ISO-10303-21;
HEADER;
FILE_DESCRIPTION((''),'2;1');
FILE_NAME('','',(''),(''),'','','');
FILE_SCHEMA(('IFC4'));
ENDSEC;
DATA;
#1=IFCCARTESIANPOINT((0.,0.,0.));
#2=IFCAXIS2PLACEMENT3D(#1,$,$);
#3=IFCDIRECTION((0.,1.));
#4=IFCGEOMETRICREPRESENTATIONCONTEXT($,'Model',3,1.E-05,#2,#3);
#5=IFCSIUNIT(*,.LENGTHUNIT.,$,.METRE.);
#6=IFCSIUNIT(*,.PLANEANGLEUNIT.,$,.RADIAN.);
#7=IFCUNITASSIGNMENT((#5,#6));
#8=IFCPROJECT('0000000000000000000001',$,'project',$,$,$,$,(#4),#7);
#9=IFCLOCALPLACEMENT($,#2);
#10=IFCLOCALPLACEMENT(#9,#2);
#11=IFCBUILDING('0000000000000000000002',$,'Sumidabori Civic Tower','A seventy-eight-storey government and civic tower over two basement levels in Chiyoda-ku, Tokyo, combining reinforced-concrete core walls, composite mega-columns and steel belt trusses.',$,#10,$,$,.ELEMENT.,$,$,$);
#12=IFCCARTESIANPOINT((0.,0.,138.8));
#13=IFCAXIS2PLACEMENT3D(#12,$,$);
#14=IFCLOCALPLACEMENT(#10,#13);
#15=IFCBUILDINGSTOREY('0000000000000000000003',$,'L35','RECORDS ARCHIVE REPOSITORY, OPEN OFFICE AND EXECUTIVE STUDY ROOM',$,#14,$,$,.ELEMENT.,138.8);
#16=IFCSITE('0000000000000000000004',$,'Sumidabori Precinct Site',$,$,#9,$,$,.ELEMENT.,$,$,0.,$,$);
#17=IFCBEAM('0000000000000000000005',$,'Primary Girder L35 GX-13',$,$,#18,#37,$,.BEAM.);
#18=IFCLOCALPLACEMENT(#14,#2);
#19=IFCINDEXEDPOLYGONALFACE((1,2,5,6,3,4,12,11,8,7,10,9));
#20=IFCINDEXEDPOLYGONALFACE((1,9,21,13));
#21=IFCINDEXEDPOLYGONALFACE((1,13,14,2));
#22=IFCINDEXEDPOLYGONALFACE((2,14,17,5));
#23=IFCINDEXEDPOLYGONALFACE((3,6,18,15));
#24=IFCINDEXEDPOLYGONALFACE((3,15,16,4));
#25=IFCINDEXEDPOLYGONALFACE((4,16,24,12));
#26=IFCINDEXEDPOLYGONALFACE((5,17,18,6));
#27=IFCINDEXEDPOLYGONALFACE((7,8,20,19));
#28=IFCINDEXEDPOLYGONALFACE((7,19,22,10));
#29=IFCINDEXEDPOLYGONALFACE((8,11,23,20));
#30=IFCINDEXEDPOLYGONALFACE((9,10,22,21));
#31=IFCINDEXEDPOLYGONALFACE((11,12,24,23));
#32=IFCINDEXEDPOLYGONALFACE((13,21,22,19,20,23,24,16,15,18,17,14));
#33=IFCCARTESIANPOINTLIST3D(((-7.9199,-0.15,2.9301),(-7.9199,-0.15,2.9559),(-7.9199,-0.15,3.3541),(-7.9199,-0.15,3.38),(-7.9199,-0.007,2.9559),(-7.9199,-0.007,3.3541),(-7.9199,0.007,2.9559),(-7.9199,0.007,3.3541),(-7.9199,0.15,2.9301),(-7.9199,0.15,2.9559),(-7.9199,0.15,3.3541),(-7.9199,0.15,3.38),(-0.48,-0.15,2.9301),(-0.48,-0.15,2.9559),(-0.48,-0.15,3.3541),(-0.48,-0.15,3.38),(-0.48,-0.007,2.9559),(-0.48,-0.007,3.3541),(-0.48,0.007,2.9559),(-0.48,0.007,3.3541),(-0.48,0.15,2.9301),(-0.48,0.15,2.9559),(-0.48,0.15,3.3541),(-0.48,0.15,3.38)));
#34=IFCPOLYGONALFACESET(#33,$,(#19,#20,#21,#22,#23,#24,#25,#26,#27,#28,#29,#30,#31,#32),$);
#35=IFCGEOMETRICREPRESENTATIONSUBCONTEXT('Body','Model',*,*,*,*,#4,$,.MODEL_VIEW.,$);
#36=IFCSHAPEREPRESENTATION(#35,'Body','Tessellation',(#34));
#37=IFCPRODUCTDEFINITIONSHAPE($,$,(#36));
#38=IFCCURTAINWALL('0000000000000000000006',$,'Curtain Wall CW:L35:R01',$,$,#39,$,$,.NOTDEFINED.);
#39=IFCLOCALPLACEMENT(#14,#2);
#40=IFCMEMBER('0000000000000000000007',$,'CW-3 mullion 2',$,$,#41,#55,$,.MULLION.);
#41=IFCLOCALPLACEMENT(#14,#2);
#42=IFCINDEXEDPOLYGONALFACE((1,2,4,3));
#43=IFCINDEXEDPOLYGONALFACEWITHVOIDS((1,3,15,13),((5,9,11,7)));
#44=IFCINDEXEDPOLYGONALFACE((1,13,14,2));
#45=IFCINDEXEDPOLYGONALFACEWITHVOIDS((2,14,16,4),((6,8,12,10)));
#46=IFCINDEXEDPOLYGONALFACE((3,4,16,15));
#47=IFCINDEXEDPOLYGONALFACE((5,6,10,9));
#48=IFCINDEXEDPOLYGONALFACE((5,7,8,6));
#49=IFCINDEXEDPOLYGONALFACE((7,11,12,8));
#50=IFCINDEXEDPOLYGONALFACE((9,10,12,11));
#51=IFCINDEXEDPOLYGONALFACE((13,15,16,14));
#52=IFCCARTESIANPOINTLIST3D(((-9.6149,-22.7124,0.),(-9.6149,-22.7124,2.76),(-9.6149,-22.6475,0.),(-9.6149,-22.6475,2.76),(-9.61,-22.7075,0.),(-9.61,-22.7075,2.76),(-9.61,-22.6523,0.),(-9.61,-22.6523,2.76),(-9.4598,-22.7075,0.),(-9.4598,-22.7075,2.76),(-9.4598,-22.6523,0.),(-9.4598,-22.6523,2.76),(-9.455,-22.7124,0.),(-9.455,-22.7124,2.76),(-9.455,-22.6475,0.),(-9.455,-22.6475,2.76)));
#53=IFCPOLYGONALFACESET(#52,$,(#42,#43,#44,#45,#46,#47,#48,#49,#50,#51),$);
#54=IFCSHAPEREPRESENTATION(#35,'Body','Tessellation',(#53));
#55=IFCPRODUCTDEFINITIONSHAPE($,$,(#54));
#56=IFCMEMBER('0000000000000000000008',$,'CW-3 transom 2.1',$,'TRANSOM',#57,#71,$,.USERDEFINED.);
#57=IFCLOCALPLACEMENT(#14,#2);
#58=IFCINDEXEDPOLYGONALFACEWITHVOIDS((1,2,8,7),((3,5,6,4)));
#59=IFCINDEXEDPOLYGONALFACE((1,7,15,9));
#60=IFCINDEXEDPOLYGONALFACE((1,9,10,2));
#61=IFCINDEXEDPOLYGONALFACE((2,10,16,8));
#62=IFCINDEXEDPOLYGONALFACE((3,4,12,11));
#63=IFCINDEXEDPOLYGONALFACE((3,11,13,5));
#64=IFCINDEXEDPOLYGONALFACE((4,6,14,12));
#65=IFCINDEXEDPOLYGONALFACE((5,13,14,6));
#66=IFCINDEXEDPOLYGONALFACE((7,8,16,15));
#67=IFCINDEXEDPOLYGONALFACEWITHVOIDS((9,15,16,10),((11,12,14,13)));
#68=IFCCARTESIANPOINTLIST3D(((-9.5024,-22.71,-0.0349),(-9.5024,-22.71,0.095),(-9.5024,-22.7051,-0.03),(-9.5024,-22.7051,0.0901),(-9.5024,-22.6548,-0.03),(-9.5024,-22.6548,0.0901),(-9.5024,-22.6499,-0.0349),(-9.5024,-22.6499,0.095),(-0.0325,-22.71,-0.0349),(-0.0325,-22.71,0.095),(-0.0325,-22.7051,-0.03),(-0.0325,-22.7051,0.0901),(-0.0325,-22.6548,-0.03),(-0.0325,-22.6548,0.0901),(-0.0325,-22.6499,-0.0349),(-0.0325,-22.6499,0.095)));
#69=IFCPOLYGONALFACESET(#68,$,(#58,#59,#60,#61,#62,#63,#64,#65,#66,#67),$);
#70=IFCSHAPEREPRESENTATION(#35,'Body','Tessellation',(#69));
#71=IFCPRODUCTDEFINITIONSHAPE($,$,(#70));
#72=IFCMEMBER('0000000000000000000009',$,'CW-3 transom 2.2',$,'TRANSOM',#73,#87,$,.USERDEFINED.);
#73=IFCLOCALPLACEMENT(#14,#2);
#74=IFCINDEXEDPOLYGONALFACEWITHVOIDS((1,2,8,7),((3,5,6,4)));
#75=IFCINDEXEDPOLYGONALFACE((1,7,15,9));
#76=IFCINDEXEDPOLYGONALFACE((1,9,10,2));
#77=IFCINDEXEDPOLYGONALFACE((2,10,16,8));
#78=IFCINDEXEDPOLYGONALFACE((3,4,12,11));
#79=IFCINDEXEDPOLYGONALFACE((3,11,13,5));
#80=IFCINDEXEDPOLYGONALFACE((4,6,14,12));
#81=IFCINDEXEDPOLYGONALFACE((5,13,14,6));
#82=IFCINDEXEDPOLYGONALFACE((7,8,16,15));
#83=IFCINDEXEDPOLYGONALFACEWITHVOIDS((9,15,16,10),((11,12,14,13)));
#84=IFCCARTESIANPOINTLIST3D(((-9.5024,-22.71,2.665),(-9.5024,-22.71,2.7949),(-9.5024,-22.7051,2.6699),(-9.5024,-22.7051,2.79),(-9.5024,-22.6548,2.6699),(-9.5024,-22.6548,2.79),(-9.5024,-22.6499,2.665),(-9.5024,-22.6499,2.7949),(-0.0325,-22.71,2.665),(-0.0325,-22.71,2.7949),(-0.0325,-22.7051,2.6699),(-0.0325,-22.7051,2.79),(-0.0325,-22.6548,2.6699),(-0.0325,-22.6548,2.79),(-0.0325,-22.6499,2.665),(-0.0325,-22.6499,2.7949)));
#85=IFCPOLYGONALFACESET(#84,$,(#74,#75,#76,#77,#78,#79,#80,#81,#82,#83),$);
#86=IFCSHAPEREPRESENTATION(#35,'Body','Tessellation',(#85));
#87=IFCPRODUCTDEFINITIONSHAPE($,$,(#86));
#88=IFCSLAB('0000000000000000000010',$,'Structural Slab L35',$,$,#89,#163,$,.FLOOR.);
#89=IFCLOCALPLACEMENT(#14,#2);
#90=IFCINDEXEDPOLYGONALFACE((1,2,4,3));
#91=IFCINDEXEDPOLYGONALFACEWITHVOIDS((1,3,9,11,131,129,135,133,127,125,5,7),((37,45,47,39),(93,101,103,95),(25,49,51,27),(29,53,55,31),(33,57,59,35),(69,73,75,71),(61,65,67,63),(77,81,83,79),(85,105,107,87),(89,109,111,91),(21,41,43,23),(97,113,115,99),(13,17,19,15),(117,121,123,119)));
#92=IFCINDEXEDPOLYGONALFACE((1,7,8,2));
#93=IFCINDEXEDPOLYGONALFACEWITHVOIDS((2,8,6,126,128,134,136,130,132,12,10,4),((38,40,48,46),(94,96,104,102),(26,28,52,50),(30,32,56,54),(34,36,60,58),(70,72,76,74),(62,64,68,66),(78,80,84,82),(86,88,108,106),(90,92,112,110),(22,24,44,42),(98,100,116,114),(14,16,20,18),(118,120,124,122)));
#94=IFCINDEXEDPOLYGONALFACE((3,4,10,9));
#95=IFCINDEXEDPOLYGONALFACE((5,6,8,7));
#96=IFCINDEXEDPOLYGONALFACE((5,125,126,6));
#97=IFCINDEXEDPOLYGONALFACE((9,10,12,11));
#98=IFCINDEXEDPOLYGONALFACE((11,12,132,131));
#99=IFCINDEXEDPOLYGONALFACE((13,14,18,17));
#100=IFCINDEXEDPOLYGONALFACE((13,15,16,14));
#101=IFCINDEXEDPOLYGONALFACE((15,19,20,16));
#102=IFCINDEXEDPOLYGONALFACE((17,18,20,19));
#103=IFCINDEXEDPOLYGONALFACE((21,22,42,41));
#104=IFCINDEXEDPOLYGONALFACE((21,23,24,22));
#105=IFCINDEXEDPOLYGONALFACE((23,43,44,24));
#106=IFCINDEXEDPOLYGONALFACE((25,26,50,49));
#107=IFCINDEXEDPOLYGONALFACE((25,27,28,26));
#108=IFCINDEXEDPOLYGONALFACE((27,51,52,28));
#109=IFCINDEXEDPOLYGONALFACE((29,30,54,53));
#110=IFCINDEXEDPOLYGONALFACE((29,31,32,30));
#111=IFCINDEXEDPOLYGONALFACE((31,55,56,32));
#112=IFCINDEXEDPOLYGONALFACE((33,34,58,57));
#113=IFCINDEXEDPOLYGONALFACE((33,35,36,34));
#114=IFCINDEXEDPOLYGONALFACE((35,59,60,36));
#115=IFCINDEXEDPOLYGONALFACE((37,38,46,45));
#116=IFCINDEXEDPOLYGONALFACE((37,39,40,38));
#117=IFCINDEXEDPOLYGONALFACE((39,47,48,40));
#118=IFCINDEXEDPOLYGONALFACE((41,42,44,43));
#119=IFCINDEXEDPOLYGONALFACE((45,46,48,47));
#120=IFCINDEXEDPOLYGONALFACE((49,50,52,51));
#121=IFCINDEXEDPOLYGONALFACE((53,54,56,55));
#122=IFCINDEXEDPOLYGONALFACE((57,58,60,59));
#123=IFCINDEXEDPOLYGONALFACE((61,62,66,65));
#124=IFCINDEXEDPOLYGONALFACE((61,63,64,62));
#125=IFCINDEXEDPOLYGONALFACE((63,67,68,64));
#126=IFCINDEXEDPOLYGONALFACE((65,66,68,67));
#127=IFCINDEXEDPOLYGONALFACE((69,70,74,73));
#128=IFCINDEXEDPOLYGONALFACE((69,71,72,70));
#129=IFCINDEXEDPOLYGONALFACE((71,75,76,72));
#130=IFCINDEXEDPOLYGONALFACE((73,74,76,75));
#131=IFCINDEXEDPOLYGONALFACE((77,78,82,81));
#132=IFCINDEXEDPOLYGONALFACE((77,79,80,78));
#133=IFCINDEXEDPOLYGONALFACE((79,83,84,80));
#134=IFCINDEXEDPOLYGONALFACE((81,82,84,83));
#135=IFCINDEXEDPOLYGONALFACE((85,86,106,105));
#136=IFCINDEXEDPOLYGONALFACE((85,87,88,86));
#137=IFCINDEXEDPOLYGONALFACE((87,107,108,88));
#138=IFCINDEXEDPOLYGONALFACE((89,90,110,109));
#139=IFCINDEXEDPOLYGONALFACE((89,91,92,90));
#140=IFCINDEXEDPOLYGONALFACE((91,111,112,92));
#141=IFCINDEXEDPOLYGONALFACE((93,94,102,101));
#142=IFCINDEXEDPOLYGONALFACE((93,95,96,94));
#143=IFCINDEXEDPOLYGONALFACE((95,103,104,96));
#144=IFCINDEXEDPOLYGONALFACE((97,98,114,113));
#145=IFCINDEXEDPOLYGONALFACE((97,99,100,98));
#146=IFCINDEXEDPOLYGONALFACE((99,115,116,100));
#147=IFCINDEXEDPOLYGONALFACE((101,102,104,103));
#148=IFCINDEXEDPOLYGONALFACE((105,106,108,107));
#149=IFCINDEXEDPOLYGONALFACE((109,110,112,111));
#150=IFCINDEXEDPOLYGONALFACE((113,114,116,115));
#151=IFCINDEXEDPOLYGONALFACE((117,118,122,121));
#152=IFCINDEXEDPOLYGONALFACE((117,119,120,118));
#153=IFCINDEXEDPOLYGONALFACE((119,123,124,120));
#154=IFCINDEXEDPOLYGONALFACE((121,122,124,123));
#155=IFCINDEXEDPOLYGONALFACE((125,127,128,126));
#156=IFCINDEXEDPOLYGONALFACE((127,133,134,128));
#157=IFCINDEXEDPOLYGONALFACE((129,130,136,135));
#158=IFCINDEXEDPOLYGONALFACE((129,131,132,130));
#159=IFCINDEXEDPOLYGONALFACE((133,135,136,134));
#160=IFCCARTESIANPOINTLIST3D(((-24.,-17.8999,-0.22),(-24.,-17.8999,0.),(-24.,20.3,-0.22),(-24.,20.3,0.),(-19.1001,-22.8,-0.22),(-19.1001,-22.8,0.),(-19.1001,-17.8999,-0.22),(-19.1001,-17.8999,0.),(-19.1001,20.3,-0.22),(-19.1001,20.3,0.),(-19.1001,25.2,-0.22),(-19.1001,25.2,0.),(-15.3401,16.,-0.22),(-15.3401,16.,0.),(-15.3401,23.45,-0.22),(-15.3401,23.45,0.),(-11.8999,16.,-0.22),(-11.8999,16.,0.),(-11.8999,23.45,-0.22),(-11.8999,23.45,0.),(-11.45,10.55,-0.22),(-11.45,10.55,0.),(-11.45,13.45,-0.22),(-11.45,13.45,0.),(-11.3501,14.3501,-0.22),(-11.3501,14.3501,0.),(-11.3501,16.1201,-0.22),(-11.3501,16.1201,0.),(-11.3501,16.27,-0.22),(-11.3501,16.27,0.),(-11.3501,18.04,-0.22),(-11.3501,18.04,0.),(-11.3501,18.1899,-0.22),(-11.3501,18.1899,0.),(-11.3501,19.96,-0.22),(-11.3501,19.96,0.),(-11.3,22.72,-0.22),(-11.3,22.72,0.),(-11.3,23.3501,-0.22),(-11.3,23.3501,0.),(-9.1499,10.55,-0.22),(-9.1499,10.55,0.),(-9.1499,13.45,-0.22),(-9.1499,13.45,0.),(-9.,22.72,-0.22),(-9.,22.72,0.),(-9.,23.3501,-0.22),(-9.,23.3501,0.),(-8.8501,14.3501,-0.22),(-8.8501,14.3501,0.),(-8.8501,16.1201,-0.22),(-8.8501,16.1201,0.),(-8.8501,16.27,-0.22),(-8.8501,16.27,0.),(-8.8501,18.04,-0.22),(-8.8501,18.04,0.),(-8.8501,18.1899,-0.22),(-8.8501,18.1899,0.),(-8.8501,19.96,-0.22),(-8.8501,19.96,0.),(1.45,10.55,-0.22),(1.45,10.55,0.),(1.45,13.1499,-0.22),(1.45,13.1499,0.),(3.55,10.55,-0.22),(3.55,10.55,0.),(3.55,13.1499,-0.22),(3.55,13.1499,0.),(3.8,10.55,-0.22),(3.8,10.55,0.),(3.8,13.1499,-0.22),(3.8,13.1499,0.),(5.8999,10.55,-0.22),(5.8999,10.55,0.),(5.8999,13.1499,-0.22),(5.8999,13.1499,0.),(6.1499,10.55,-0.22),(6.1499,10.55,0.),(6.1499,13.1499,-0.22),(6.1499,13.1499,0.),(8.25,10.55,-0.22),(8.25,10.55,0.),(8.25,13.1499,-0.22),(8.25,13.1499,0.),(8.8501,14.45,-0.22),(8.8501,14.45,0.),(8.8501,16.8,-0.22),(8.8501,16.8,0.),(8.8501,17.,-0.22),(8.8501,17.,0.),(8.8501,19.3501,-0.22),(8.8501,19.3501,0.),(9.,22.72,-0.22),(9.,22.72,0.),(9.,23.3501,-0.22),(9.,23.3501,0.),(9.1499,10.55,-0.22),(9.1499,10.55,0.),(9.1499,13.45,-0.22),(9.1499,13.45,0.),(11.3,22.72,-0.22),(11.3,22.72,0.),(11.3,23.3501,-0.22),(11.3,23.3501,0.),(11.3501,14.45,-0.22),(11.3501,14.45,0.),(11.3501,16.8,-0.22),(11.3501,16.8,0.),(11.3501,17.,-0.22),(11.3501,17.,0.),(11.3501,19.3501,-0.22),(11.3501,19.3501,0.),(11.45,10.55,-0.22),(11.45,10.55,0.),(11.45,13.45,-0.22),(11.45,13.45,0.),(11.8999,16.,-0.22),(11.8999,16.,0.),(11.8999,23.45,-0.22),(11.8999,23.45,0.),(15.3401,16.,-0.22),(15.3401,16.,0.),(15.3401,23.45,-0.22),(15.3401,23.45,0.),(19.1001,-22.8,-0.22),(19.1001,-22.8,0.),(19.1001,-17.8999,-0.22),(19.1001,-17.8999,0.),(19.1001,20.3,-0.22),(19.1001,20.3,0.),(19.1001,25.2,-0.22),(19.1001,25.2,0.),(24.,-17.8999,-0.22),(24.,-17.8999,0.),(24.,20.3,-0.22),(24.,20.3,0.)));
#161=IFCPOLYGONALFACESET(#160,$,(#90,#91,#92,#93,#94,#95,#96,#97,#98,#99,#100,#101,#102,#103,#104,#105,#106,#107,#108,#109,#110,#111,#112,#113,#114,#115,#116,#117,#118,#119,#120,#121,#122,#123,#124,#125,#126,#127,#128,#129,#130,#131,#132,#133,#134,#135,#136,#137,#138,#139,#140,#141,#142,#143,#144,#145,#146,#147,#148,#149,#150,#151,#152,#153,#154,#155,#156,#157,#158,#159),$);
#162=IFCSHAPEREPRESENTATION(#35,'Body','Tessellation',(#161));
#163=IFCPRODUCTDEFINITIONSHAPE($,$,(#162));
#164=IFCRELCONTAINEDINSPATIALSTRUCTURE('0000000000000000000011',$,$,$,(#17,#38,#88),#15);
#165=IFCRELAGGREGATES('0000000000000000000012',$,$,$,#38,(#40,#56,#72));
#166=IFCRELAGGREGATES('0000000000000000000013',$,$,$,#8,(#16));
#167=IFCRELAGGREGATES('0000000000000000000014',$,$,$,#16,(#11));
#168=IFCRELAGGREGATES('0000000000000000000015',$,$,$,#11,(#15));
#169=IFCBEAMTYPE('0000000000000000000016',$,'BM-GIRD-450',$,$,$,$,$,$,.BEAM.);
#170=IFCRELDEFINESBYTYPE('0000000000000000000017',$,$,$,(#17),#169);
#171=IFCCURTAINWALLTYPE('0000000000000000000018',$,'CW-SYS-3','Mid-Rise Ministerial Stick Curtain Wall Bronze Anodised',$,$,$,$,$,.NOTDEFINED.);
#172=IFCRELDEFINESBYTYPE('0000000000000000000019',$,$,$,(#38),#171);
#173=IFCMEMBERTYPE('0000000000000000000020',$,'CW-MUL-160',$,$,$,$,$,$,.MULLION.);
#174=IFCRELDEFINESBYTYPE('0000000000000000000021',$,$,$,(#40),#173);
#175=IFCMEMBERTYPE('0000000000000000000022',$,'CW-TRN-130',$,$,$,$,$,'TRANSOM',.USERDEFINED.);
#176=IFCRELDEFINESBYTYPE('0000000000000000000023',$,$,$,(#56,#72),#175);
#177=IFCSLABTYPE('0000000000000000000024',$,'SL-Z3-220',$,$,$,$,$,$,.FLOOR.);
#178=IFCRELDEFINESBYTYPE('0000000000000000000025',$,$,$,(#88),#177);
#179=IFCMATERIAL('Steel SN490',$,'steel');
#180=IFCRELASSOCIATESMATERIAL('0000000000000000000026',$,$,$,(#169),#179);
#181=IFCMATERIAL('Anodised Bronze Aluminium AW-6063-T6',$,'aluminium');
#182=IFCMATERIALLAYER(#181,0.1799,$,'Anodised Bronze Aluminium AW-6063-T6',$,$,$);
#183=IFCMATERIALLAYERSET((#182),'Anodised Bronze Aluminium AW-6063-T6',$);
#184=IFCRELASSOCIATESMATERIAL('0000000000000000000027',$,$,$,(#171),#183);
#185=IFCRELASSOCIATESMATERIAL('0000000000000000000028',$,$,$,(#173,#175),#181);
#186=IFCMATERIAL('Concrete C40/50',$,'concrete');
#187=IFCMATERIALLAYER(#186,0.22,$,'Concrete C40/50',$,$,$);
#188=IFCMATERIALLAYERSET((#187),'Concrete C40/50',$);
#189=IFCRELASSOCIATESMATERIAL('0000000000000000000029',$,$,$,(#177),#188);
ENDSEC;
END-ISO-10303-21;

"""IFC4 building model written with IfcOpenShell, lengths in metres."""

from ifc_helpers import new_model, si_unit, direction, frame, origin, origin_2d, place, context, subcontext, project, spatial, polyline, hollow_rectangle, i_section, outline, extrude, source, transform, mapped, material, layer, layer_set, material_profile, profile_set, type_object, element, aggregate, save


model = new_model("IFC4")

# Units and contexts
model_context = context("Model", 3, precision=1e-05, world=origin(), true_north=direction((0.0, 1.0)))
body_context = subcontext(model_context, "Body", "Model", "MODEL_VIEW")
ifc_project = project(units=[si_unit("LENGTHUNIT", "METRE"), si_unit("PLANEANGLEUNIT", "RADIAN")], contexts=[model_context])

# Site, building, storey
site_placement = place(None, origin())
site = spatial("IfcSite", under=ifc_project, at=site_placement, Name="Sumidabori Precinct Site", CompositionType="ELEMENT", RefElevation=0.0)
building_placement = place(site_placement, origin())
building = spatial("IfcBuilding", under=site, at=building_placement, Name="Sumidabori Civic Tower", Description="A seventy-eight-storey government and civic tower over two basement levels in Chiyoda-ku, Tokyo, combining reinforced-concrete core walls, composite mega-columns and steel belt trusses.", CompositionType="ELEMENT")
storey_placement = place(building_placement, frame((0.0, 0.0, 138.8)))
storey = spatial("IfcBuildingStorey", under=building, at=storey_placement, Name="L35", Description="RECORDS ARCHIVE REPOSITORY, OPEN OFFICE AND EXECUTIVE STUDY ROOM", CompositionType="ELEMENT", Elevation=138.8)

# Beam
ifc_material_1 = material(Name="Steel SN490", Category="steel")
ifc_material_profile_1 = material_profile(ifc_material_1, i_section(OverallWidth=0.3, OverallDepth=0.45, WebThickness=0.0139, FlangeThickness=0.0259, at=origin_2d()), Name="HE 450 B")
ifc_profile_set_1 = profile_set([ifc_material_profile_1], Name="Steel SN490")
beam_type_1 = type_object("IfcBeamType", Name="BM-GIRD-450", PredefinedType="BEAM", material=ifc_profile_set_1)
shared_shape_1 = source(origin(), body_context, "Body", "SweptSolid", [
    extrude(i_section(OverallWidth=0.3, OverallDepth=0.45, WebThickness=0.0139, FlangeThickness=0.0259, at=origin_2d()), origin(), (0.0, 0.0, 1.0), 7.4399),
])
for number, where, z_axis, x_axis, name in (
    (1, (-7.9199, 0.0, 3.155), (1.0, 0.0, 0.0), (0.0, 1.0, 0.0), "Primary Girder L35 GX-13"),
):
    element("IfcBeam", number, at=place(storey_placement, frame(where, z_axis=z_axis, x_axis=x_axis)), inside=storey, type_object=beam_type_1, Name=name, PredefinedType="BEAM", context=body_context, shape_type="MappedRepresentation", body=[
        mapped(shared_shape_1, transform((0.0, 0.0, 0.0), x_axis=(1.0, 0.0, 0.0), y_axis=(0.0, 1.0, 0.0), z_axis=(0.0, 0.0, 1.0), scale=1.0)),
    ])

# Curtain wall, members
ifc_material_2 = material(Name="Anodised Bronze Aluminium AW-6063-T6", Category="aluminium")
ifc_layer_1 = layer(ifc_material_2, 0.1799, Name="Anodised Bronze Aluminium AW-6063-T6")
ifc_layer_set_1 = layer_set([ifc_layer_1], Name="Anodised Bronze Aluminium AW-6063-T6")
curtain_wall_type = type_object("IfcCurtainWallType", Name="CW-SYS-3", Description="Mid-Rise Ministerial Stick Curtain Wall Bronze Anodised", PredefinedType="NOTDEFINED", material=ifc_layer_set_1)
curtain_wall_placement = place(storey_placement, origin())
curtain_wall = element("IfcCurtainWall", 2, at=curtain_wall_placement, inside=storey, type_object=curtain_wall_type, Name="Curtain Wall CW:L35:R01", PredefinedType="NOTDEFINED")
ifc_material_profile_2 = material_profile(ifc_material_2, hollow_rectangle(XDim=0.0649, YDim=0.1599, WallThickness=0.0049, at=origin_2d()), Name="ALU MULLION 160x65")
ifc_profile_set_2 = profile_set([ifc_material_profile_2], Name="Anodised Bronze Aluminium AW-6063-T6")
member_type_1 = type_object("IfcMemberType", Name="CW-MUL-160", PredefinedType="MULLION", material=ifc_profile_set_2)
shared_shape_2 = source(origin(), body_context, "Body", "SweptSolid", [
    extrude(hollow_rectangle(XDim=0.0649, YDim=0.1599, WallThickness=0.0049, at=origin_2d()), origin(), (0.0, 0.0, 1.0), 2.76),
])
member_1_placement = place(storey_placement, frame((-9.5349, -22.6799, 0.0), z_axis=(0.0, 0.0, 1.0), x_axis=(0.0, 1.0, 0.0)))
member_1 = element("IfcMember", 3, at=member_1_placement, type_object=member_type_1, Name="CW-3 mullion 2", PredefinedType="MULLION", context=body_context, shape_type="MappedRepresentation", body=[
    mapped(shared_shape_2, transform((0.0, 0.0, 0.0), x_axis=(1.0, 0.0, 0.0), y_axis=(0.0, 1.0, 0.0), z_axis=(0.0, 0.0, 1.0), scale=1.0)),
])
ifc_material_profile_3 = material_profile(ifc_material_2, hollow_rectangle(XDim=0.0601, YDim=0.1299, WallThickness=0.0049, at=origin_2d()), Name="ALU TRANSOM 130x60")
ifc_profile_set_3 = profile_set([ifc_material_profile_3], Name="Anodised Bronze Aluminium AW-6063-T6")
member_type_2 = type_object("IfcMemberType", Name="CW-TRN-130", ElementType="TRANSOM", PredefinedType="USERDEFINED", material=ifc_profile_set_3)
shared_shape_3 = source(origin(), body_context, "Body", "SweptSolid", [
    extrude(hollow_rectangle(XDim=0.0601, YDim=0.1299, WallThickness=0.0049, at=origin_2d()), origin(), (0.0, 0.0, 1.0), 9.47),
])
member_2_placement = place(storey_placement, frame((-9.5024, -22.6799, 0.03), z_axis=(1.0, 0.0, 0.0), x_axis=(0.0, 1.0, 0.0)))
member_2 = element("IfcMember", 4, at=member_2_placement, type_object=member_type_2, Name="CW-3 transom 2.1", ObjectType="TRANSOM", PredefinedType="USERDEFINED", context=body_context, shape_type="MappedRepresentation", body=[
    mapped(shared_shape_3, transform((0.0, 0.0, 0.0), x_axis=(1.0, 0.0, 0.0), y_axis=(0.0, 1.0, 0.0), z_axis=(0.0, 0.0, 1.0), scale=1.0)),
])
member_3_placement = place(storey_placement, frame((-9.5024, -22.6799, 2.73), z_axis=(1.0, 0.0, 0.0), x_axis=(0.0, 1.0, 0.0)))
member_3 = element("IfcMember", 5, at=member_3_placement, type_object=member_type_2, Name="CW-3 transom 2.2", ObjectType="TRANSOM", PredefinedType="USERDEFINED", context=body_context, shape_type="MappedRepresentation", body=[
    mapped(shared_shape_3, transform((0.0, 0.0, 0.0), x_axis=(1.0, 0.0, 0.0), y_axis=(0.0, 1.0, 0.0), z_axis=(0.0, 0.0, 1.0), scale=1.0)),
])

# Slab
ifc_material_3 = material(Name="Concrete C40/50", Category="concrete")
ifc_layer_2 = layer(ifc_material_3, 0.22, Name="Concrete C40/50")
ifc_layer_set_2 = layer_set([ifc_layer_2], Name="Concrete C40/50")
slab_type = type_object("IfcSlabType", Name="SL-Z3-220", PredefinedType="FLOOR", material=ifc_layer_set_2)
slab_placement = place(storey_placement, frame((0.0, 0.0, -0.22)))
element("IfcSlab", 6, at=slab_placement, inside=storey, type_object=slab_type, Name="Structural Slab L35", PredefinedType="FLOOR", context=body_context, shape_type="SweptSolid", body=[
    extrude(outline(polyline([(-19.1001, -22.8), (19.1001, -22.8), (19.1001, -17.8999), (24.0, -17.8999), (24.0, 20.3), (19.1001, 20.3), (19.1001, 25.2), (-19.1001, 25.2), (-19.1001, 20.3), (-24.0, 20.3), (-24.0, -17.8999), (-19.1001, -17.8999), (-19.1001, -22.8)]), holes=[polyline([(-11.8999, 16.0), (-11.8999, 23.45), (-15.3401, 23.45), (-15.3401, 16.0), (-11.8999, 16.0)]), polyline([(15.3401, 16.0), (15.3401, 23.45), (11.8999, 23.45), (11.8999, 16.0), (15.3401, 16.0)]), polyline([(-11.45, 10.55), (-9.1499, 10.55), (-9.1499, 13.45), (-11.45, 13.45), (-11.45, 10.55)]), polyline([(9.1499, 10.55), (11.45, 10.55), (11.45, 13.45), (9.1499, 13.45), (9.1499, 10.55)]), polyline([(1.45, 10.55), (3.55, 10.55), (3.55, 13.1499), (1.45, 13.1499), (1.45, 10.55)]), polyline([(3.8, 10.55), (5.8999, 10.55), (5.8999, 13.1499), (3.8, 13.1499), (3.8, 10.55)]), polyline([(6.1499, 10.55), (8.25, 10.55), (8.25, 13.1499), (6.1499, 13.1499), (6.1499, 10.55)]), polyline([(-11.3501, 14.3501), (-8.8501, 14.3501), (-8.8501, 16.1201), (-11.3501, 16.1201), (-11.3501, 14.3501)]), polyline([(-11.3501, 16.27), (-8.8501, 16.27), (-8.8501, 18.04), (-11.3501, 18.04), (-11.3501, 16.27)]), polyline([(-11.3501, 18.1899), (-8.8501, 18.1899), (-8.8501, 19.96), (-11.3501, 19.96), (-11.3501, 18.1899)]), polyline([(8.8501, 14.45), (11.3501, 14.45), (11.3501, 16.8), (8.8501, 16.8), (8.8501, 14.45)]), polyline([(8.8501, 17.0), (11.3501, 17.0), (11.3501, 19.3501), (8.8501, 19.3501), (8.8501, 17.0)]), polyline([(-11.3, 22.72), (-9.0, 22.72), (-9.0, 23.3501), (-11.3, 23.3501), (-11.3, 22.72)]), polyline([(9.0, 22.72), (11.3, 22.72), (11.3, 23.3501), (9.0, 23.3501), (9.0, 22.72)])]), origin(), (0.0, 0.0, 1.0), 0.22),
])

aggregate(curtain_wall, [member_1, member_2, member_3])

save(model, "model.ifc")
